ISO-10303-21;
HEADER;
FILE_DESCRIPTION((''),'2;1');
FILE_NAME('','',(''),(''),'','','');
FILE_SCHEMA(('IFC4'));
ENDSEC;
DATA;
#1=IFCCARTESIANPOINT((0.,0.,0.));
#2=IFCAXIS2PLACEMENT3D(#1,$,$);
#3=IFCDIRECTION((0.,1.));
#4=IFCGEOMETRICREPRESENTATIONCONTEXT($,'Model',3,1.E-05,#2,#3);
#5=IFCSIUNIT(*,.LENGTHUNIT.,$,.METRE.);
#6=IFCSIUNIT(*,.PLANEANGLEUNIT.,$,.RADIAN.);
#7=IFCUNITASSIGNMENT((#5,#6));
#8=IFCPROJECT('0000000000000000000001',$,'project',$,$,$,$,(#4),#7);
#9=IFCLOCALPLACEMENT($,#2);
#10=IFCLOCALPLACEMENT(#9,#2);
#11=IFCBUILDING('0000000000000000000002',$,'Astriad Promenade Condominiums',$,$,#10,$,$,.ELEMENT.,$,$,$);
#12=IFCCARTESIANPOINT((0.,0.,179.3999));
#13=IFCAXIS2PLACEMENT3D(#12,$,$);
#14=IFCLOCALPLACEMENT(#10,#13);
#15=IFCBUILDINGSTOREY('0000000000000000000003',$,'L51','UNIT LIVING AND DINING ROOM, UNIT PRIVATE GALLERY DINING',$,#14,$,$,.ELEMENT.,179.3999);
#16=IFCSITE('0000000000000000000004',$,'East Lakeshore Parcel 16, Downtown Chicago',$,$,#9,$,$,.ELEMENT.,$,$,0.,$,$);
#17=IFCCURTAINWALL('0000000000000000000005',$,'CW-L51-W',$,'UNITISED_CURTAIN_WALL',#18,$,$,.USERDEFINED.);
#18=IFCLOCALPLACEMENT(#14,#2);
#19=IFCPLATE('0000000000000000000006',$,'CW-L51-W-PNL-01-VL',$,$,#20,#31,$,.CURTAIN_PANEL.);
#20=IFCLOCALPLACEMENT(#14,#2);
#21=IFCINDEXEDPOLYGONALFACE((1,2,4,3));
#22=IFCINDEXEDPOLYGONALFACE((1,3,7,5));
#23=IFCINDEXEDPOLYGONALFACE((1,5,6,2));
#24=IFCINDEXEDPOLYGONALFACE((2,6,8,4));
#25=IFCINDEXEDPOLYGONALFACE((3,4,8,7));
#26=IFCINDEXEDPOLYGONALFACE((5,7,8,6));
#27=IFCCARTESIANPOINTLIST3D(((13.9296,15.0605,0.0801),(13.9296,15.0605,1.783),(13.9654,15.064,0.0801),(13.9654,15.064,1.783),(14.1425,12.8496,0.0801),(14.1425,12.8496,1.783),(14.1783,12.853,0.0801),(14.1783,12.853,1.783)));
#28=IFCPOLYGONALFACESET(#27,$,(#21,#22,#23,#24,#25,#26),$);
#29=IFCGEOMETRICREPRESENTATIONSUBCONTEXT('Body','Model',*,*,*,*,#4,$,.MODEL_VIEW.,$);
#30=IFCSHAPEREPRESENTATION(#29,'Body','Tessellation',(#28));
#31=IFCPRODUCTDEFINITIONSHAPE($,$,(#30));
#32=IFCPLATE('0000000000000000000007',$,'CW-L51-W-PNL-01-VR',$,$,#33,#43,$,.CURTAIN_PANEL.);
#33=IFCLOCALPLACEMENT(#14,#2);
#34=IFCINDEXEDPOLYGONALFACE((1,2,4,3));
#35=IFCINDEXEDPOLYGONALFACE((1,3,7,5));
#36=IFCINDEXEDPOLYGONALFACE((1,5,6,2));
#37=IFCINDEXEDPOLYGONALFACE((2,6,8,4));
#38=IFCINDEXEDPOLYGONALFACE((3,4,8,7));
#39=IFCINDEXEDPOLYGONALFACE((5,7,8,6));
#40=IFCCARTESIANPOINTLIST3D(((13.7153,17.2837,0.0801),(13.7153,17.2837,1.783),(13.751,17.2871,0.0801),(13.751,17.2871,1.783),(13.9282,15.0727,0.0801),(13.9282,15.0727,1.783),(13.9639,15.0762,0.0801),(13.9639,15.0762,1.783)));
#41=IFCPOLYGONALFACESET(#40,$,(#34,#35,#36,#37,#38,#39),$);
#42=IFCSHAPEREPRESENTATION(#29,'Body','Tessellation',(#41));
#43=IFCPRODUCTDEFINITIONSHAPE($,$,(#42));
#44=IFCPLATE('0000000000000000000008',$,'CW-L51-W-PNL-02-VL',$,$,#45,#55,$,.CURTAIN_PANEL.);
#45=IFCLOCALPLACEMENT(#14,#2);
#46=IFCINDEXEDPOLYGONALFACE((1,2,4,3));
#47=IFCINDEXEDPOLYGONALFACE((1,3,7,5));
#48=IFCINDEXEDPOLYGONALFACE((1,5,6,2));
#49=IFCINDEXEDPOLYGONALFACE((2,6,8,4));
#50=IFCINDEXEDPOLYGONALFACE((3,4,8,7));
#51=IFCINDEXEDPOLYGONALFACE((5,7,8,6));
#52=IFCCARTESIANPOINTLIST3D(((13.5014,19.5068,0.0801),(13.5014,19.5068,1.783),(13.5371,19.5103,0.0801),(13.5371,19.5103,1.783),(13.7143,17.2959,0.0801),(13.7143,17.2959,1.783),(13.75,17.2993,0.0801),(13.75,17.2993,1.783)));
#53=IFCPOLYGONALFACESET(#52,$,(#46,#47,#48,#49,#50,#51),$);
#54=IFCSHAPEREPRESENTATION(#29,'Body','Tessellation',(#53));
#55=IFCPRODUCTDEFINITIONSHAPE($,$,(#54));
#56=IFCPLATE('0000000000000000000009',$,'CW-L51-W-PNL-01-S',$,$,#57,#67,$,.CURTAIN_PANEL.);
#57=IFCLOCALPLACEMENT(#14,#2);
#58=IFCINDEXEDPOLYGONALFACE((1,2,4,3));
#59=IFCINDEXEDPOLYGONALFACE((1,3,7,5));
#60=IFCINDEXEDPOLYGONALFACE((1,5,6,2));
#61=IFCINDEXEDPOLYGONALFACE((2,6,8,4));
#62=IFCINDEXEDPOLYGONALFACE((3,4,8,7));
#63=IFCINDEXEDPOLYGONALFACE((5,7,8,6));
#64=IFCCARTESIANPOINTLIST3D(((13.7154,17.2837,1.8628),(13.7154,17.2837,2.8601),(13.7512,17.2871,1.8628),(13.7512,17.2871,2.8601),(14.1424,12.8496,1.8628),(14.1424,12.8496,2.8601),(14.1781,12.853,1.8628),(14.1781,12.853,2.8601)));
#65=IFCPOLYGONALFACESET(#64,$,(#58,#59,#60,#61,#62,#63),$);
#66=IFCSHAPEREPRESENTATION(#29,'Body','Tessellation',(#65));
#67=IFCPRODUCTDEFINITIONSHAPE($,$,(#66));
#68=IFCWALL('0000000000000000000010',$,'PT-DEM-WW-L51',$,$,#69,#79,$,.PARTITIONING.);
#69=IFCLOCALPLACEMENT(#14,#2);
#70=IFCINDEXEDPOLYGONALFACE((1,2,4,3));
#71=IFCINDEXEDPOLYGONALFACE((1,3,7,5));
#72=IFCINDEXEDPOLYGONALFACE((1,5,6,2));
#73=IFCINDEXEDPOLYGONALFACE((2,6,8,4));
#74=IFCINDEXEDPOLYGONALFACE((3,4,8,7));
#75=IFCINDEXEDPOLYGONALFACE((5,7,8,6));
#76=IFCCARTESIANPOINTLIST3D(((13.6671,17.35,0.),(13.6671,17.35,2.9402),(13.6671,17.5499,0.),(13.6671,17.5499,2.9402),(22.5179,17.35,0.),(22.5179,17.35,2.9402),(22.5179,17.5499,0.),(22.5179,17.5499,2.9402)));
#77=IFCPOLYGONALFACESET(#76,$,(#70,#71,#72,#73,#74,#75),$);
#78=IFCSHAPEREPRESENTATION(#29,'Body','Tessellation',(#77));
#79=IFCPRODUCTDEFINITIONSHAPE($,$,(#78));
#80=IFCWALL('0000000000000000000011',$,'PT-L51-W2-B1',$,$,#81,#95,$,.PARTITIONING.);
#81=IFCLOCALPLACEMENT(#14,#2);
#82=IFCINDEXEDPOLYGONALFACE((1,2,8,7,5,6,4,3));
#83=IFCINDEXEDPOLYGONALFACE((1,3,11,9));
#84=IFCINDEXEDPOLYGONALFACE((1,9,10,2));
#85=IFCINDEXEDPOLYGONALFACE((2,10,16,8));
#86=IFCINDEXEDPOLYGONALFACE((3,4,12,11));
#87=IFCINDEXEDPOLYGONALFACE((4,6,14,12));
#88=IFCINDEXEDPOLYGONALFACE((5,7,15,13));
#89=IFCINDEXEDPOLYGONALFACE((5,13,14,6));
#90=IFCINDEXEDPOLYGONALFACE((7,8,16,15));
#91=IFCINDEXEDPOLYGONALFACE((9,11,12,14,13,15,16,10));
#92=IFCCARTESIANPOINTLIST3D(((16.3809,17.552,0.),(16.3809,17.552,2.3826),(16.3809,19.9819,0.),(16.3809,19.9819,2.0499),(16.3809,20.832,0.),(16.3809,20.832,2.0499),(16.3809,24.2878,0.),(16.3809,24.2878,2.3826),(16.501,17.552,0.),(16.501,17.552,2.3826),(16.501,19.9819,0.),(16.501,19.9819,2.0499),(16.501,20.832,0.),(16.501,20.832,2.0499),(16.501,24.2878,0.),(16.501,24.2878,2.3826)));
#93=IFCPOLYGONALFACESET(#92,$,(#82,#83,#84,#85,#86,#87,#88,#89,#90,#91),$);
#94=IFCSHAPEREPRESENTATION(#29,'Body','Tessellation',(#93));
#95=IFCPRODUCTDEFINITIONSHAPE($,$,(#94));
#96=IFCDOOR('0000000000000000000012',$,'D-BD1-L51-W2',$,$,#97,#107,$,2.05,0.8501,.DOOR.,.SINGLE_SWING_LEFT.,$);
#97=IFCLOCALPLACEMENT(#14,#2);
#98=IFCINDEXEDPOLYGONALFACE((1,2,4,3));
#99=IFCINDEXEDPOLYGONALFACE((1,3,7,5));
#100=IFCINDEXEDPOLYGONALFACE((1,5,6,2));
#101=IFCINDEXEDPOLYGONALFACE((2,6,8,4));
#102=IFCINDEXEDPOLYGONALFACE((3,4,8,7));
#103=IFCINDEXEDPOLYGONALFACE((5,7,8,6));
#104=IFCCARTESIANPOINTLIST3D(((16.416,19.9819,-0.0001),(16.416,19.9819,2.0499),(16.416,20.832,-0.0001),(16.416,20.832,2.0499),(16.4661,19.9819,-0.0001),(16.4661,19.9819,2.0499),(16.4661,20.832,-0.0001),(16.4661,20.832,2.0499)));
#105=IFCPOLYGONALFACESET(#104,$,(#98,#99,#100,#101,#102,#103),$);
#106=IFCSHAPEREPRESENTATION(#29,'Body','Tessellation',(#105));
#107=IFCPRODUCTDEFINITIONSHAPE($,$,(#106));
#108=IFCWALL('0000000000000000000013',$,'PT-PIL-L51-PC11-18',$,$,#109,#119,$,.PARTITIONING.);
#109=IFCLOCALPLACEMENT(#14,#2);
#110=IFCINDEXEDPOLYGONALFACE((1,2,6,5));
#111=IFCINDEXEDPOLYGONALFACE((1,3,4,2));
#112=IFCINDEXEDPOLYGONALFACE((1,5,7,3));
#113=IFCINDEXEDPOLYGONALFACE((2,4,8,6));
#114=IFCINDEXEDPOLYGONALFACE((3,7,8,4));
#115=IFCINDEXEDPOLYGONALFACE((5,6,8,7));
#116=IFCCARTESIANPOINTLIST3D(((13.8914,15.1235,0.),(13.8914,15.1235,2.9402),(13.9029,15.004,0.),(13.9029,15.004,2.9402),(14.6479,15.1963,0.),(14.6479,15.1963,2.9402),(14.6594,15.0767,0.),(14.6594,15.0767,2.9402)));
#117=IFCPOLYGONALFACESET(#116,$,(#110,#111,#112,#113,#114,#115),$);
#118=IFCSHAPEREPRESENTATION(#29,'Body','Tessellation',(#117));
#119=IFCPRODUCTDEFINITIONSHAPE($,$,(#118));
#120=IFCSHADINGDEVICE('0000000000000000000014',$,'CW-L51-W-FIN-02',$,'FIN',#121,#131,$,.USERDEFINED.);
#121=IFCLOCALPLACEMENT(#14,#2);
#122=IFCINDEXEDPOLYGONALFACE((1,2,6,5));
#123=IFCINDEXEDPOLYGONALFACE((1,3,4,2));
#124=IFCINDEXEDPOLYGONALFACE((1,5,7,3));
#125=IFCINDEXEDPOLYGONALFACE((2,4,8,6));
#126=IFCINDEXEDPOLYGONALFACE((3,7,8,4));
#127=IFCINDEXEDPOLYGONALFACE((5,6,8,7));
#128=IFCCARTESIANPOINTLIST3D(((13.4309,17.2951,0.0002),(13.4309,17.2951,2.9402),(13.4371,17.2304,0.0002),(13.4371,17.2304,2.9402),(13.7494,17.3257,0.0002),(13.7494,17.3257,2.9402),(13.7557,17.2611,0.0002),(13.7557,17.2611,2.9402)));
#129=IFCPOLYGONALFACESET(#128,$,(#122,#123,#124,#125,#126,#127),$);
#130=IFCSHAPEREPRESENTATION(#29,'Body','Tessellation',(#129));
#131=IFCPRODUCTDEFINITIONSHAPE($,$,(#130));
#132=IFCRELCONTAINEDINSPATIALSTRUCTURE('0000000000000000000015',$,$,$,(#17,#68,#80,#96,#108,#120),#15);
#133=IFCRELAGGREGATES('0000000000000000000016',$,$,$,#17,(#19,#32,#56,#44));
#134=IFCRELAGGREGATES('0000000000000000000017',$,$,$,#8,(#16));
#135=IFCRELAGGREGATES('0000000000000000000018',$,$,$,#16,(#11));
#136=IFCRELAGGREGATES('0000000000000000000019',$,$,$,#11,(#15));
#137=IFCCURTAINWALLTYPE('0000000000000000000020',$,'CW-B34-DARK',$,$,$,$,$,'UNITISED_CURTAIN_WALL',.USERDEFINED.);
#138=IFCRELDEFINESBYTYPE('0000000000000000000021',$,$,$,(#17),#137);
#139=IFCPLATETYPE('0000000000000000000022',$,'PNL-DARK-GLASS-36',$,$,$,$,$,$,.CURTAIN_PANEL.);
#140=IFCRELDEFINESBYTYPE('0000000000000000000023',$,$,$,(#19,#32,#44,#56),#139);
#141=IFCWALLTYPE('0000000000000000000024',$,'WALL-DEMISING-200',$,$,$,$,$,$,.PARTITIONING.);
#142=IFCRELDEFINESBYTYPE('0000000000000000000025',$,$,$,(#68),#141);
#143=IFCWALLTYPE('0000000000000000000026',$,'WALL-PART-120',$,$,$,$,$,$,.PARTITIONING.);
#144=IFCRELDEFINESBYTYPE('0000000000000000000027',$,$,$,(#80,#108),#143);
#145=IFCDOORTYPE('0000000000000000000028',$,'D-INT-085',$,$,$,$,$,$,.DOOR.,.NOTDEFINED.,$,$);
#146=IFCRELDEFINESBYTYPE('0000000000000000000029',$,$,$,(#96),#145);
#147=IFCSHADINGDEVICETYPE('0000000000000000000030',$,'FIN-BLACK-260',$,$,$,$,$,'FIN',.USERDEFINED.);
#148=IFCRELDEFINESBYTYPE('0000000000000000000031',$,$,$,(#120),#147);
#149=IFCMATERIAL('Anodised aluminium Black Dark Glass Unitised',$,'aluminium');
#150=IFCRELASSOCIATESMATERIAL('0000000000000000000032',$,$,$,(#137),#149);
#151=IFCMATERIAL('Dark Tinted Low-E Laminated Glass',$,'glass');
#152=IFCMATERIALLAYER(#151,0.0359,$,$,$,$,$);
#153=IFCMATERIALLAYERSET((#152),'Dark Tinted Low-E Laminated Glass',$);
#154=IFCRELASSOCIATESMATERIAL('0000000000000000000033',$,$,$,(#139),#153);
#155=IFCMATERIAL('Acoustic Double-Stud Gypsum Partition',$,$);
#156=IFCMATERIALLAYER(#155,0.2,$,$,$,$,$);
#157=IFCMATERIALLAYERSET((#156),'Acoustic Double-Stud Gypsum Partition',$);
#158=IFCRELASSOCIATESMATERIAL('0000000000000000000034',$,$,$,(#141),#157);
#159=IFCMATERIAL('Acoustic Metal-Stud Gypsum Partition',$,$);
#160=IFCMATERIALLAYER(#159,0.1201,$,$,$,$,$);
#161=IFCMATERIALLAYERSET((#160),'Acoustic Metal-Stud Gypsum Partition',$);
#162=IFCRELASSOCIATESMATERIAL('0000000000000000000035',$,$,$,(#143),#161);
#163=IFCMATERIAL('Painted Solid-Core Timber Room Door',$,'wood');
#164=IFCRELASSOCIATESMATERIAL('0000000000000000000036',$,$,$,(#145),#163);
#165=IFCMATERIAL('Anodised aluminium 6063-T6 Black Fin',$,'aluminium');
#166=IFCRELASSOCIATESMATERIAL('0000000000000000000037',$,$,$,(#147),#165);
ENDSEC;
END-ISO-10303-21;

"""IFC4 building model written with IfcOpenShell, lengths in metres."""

from ifc_helpers import new_model, si_unit, direction, frame, frame_2d, origin, origin_2d, place, context, subcontext, project, spatial, rectangle, extrude, source, transform, mapped, material, layer, layer_set, type_object, type_shapes, element, fill, aggregate, save


model = new_model("IFC4")

# Units and contexts
model_context = context("Model", 3, precision=1e-05, world=origin(), true_north=direction((0.0, 1.0)))
body_context = subcontext(model_context, "Body", "Model", "MODEL_VIEW")
ifc_project = project(units=[si_unit("LENGTHUNIT", "METRE"), si_unit("PLANEANGLEUNIT", "RADIAN")], contexts=[model_context])

# Site, building, storey
site_placement = place(None, origin())
site = spatial("IfcSite", under=ifc_project, at=site_placement, Name="East Lakeshore Parcel 16, Downtown Chicago", CompositionType="ELEMENT", RefElevation=0.0)
building_placement = place(site_placement, origin())
building = spatial("IfcBuilding", under=site, at=building_placement, Name="Astriad Promenade Condominiums", CompositionType="ELEMENT")
storey_placement = place(building_placement, frame((0.0, 0.0, 179.3999)))
storey = spatial("IfcBuildingStorey", under=building, at=storey_placement, Name="L51", Description="UNIT LIVING AND DINING ROOM, UNIT PRIVATE GALLERY DINING", CompositionType="ELEMENT", Elevation=179.3999)

# Curtain wall, plates
ifc_material_1 = material(Name="Anodised aluminium Black Dark Glass Unitised", Category="aluminium")
curtain_wall_type = type_object("IfcCurtainWallType", Name="CW-B34-DARK", ElementType="UNITISED_CURTAIN_WALL", PredefinedType="USERDEFINED", material=ifc_material_1)
curtain_wall_placement = place(storey_placement, origin())
curtain_wall = element("IfcCurtainWall", 1, at=curtain_wall_placement, inside=storey, type_object=curtain_wall_type, Name="CW-L51-W", ObjectType="UNITISED_CURTAIN_WALL", PredefinedType="USERDEFINED")
ifc_material_2 = material(Name="Dark Tinted Low-E Laminated Glass", Category="glass")
ifc_layer_1 = layer(ifc_material_2, 0.0359)
ifc_layer_set_1 = layer_set([ifc_layer_1], Name="Dark Tinted Low-E Laminated Glass")
plate_type = type_object("IfcPlateType", Name="PNL-DARK-GLASS-36", PredefinedType="CURTAIN_PANEL", material=ifc_layer_set_1)
shared_shape_1 = source(origin(), body_context, "Body", "SweptSolid", [
    extrude(rectangle(XDim=2.2212, YDim=0.0359, at=origin_2d()), origin(), (0.0, 0.0, 1.0), 1.7029),
])
plate_1_placement = place(storey_placement, frame((14.054, 13.9568, 0.0801), z_axis=(0.0, 0.0, 1.0), x_axis=(-0.095846, 0.995396, 0.0)))
plate_1 = element("IfcPlate", 2, at=plate_1_placement, type_object=plate_type, Name="CW-L51-W-PNL-01-VL", PredefinedType="CURTAIN_PANEL", context=body_context, shape_type="MappedRepresentation", body=[
    mapped(shared_shape_1, transform((0.0, 0.0, 0.0), scale=1.0)),
])
plate_2_placement = place(storey_placement, frame((13.8396, 16.1799, 0.0801), z_axis=(0.0, 0.0, 1.0), x_axis=(-0.095846, 0.995396, 0.0)))
plate_2 = element("IfcPlate", 3, at=plate_2_placement, type_object=plate_type, Name="CW-L51-W-PNL-01-VR", PredefinedType="CURTAIN_PANEL", context=body_context, shape_type="MappedRepresentation", body=[
    mapped(shared_shape_1, transform((0.0, 0.0, 0.0), scale=1.0)),
])
plate_3_placement = place(storey_placement, frame((13.6257, 18.4031, 0.0801), z_axis=(0.0, 0.0, 1.0), x_axis=(-0.095846, 0.995396, 0.0)))
plate_3 = element("IfcPlate", 4, at=plate_3_placement, type_object=plate_type, Name="CW-L51-W-PNL-02-VL", PredefinedType="CURTAIN_PANEL", context=body_context, shape_type="MappedRepresentation", body=[
    mapped(shared_shape_1, transform((0.0, 0.0, 0.0), scale=1.0)),
])
shared_shape_2 = source(origin(), body_context, "Body", "SweptSolid", [
    extrude(rectangle(XDim=4.4546, YDim=0.0359, at=origin_2d()), origin(), (0.0, 0.0, 1.0), 0.9973),
])
type_shapes(plate_type, [shared_shape_1, shared_shape_2])
plate_4_placement = place(storey_placement, frame((13.9468, 15.0684, 1.8628), z_axis=(0.0, 0.0, 1.0), x_axis=(-0.095846, 0.995396, 0.0)))
plate_4 = element("IfcPlate", 5, at=plate_4_placement, type_object=plate_type, Name="CW-L51-W-PNL-01-S", PredefinedType="CURTAIN_PANEL", context=body_context, shape_type="MappedRepresentation", body=[
    mapped(shared_shape_2, transform((0.0, 0.0, 0.0), scale=1.0)),
])
aggregate(curtain_wall, [plate_1, plate_2, plate_4, plate_3])

# Wall
ifc_material_3 = material(Name="Acoustic Double-Stud Gypsum Partition")
ifc_layer_2 = layer(ifc_material_3, 0.2)
ifc_layer_set_2 = layer_set([ifc_layer_2], Name="Acoustic Double-Stud Gypsum Partition")
wall_type_1 = type_object("IfcWallType", Name="WALL-DEMISING-200", PredefinedType="PARTITIONING", material=ifc_layer_set_2)
wall_1_placement = place(storey_placement, frame((13.6672, 17.45, 0.0), z_axis=(0.0, 0.0, 1.0), x_axis=(1.0, 0.0, 0.0)))
element("IfcWall", 6, at=wall_1_placement, inside=storey, type_object=wall_type_1, Name="PT-DEM-WW-L51", PredefinedType="PARTITIONING", context=body_context, shape_type="SweptSolid", body=[
    extrude(rectangle(XDim=8.8508, YDim=0.2, at=frame_2d((4.4253, 0.0))), origin(), (0.0, 0.0, 1.0), 2.9402),
])

# Wall, opening, door
ifc_material_4 = material(Name="Acoustic Metal-Stud Gypsum Partition")
ifc_layer_3 = layer(ifc_material_4, 0.1201)
ifc_layer_set_3 = layer_set([ifc_layer_3], Name="Acoustic Metal-Stud Gypsum Partition")
wall_type_2 = type_object("IfcWallType", Name="WALL-PART-120", PredefinedType="PARTITIONING", material=ifc_layer_set_3)
wall_2_placement = place(storey_placement, frame((16.4409, 17.552, 0.0), z_axis=(0.0, 0.0, 1.0), x_axis=(0.0, 1.0, 0.0)))
wall_2 = element("IfcWall", 7, at=wall_2_placement, inside=storey, type_object=wall_type_2, Name="PT-L51-W2-B1", PredefinedType="PARTITIONING", context=body_context, shape_type="SweptSolid", body=[
    extrude(rectangle(XDim=6.7358, YDim=0.1201, at=frame_2d((3.3679, 0.0))), origin(), (0.0, 0.0, 1.0), 2.3826),
])
opening_placement = place(wall_2_placement, frame((2.4299, 0.0, 0.0)))
opening = element("IfcOpeningElement", 8, at=opening_placement, cuts=wall_2, PredefinedType="OPENING", context=body_context, shape_type="SweptSolid", body=[
    extrude(rectangle(XDim=0.8501, YDim=2.05, at=frame_2d((0.425, 1.0249))), frame((0.0, 0.0701, 0.0), z_axis=(0.0, -1.0, 0.0), x_axis=(1.0, 0.0, 0.0)), (0.0, 0.0, 1.0), 0.1401),
])
ifc_material_5 = material(Name="Painted Solid-Core Timber Room Door", Category="wood")
door_type = type_object("IfcDoorType", Name="D-INT-085", OperationType="NOTDEFINED", PredefinedType="DOOR", material=ifc_material_5)
shared_shape_3 = source(origin(), body_context, "Body", "SweptSolid", [
    extrude(rectangle(XDim=0.8501, YDim=2.05, at=frame_2d((0.425, 1.0249))), frame((0.0, 0.0249, 0.0), z_axis=(0.0, -1.0, 0.0), x_axis=(1.0, 0.0, 0.0)), (0.0, 0.0, 1.0), 0.05),
])
type_shapes(door_type, [shared_shape_3])
door_placement = place(opening_placement, origin())
door = element("IfcDoor", 9, at=door_placement, inside=storey, type_object=door_type, Name="D-BD1-L51-W2", OperationType="SINGLE_SWING_LEFT", OverallHeight=2.05, OverallWidth=0.8501, PredefinedType="DOOR", context=body_context, shape_type="MappedRepresentation", body=[
    mapped(shared_shape_3, transform((0.0, 0.0, 0.0), scale=1.0)),
])
fill(opening, door)

# Wall
wall_3_placement = place(storey_placement, frame((14.6536, 15.1365, 0.0), z_axis=(0.0, 0.0, 1.0), x_axis=(-0.995408, -0.095719, 0.0)))
element("IfcWall", 10, at=wall_3_placement, inside=storey, type_object=wall_type_2, Name="PT-PIL-L51-PC11-18", PredefinedType="PARTITIONING", context=body_context, shape_type="SweptSolid", body=[
    extrude(rectangle(XDim=0.76, YDim=0.1201, at=frame_2d((0.3799, 0.0))), origin(), (0.0, 0.0, 1.0), 2.9402),
])

# Shading device
ifc_material_6 = material(Name="Anodised aluminium 6063-T6 Black Fin", Category="aluminium")
shading_device_type = type_object("IfcShadingDeviceType", Name="FIN-BLACK-260", ElementType="FIN", PredefinedType="USERDEFINED", material=ifc_material_6)
shared_shape_4 = source(origin(), body_context, "Body", "SweptSolid", [
    extrude(rectangle(XDim=0.0649, YDim=0.3201, at=origin_2d()), origin(), (0.0, 0.0, 1.0), 2.9399),
])
type_shapes(shading_device_type, [shared_shape_4])
shading_device_placement = place(storey_placement, frame((13.5933, 17.2781, 0.0002), z_axis=(0.0, 0.0, 1.0), x_axis=(-0.095846, 0.995396, 0.0)))
element("IfcShadingDevice", 11, at=shading_device_placement, inside=storey, type_object=shading_device_type, Name="CW-L51-W-FIN-02", ObjectType="FIN", PredefinedType="USERDEFINED", context=body_context, shape_type="MappedRepresentation", body=[
    mapped(shared_shape_4, transform((0.0, 0.0, 0.0), scale=1.0)),
])

save(model, "model.ifc")
